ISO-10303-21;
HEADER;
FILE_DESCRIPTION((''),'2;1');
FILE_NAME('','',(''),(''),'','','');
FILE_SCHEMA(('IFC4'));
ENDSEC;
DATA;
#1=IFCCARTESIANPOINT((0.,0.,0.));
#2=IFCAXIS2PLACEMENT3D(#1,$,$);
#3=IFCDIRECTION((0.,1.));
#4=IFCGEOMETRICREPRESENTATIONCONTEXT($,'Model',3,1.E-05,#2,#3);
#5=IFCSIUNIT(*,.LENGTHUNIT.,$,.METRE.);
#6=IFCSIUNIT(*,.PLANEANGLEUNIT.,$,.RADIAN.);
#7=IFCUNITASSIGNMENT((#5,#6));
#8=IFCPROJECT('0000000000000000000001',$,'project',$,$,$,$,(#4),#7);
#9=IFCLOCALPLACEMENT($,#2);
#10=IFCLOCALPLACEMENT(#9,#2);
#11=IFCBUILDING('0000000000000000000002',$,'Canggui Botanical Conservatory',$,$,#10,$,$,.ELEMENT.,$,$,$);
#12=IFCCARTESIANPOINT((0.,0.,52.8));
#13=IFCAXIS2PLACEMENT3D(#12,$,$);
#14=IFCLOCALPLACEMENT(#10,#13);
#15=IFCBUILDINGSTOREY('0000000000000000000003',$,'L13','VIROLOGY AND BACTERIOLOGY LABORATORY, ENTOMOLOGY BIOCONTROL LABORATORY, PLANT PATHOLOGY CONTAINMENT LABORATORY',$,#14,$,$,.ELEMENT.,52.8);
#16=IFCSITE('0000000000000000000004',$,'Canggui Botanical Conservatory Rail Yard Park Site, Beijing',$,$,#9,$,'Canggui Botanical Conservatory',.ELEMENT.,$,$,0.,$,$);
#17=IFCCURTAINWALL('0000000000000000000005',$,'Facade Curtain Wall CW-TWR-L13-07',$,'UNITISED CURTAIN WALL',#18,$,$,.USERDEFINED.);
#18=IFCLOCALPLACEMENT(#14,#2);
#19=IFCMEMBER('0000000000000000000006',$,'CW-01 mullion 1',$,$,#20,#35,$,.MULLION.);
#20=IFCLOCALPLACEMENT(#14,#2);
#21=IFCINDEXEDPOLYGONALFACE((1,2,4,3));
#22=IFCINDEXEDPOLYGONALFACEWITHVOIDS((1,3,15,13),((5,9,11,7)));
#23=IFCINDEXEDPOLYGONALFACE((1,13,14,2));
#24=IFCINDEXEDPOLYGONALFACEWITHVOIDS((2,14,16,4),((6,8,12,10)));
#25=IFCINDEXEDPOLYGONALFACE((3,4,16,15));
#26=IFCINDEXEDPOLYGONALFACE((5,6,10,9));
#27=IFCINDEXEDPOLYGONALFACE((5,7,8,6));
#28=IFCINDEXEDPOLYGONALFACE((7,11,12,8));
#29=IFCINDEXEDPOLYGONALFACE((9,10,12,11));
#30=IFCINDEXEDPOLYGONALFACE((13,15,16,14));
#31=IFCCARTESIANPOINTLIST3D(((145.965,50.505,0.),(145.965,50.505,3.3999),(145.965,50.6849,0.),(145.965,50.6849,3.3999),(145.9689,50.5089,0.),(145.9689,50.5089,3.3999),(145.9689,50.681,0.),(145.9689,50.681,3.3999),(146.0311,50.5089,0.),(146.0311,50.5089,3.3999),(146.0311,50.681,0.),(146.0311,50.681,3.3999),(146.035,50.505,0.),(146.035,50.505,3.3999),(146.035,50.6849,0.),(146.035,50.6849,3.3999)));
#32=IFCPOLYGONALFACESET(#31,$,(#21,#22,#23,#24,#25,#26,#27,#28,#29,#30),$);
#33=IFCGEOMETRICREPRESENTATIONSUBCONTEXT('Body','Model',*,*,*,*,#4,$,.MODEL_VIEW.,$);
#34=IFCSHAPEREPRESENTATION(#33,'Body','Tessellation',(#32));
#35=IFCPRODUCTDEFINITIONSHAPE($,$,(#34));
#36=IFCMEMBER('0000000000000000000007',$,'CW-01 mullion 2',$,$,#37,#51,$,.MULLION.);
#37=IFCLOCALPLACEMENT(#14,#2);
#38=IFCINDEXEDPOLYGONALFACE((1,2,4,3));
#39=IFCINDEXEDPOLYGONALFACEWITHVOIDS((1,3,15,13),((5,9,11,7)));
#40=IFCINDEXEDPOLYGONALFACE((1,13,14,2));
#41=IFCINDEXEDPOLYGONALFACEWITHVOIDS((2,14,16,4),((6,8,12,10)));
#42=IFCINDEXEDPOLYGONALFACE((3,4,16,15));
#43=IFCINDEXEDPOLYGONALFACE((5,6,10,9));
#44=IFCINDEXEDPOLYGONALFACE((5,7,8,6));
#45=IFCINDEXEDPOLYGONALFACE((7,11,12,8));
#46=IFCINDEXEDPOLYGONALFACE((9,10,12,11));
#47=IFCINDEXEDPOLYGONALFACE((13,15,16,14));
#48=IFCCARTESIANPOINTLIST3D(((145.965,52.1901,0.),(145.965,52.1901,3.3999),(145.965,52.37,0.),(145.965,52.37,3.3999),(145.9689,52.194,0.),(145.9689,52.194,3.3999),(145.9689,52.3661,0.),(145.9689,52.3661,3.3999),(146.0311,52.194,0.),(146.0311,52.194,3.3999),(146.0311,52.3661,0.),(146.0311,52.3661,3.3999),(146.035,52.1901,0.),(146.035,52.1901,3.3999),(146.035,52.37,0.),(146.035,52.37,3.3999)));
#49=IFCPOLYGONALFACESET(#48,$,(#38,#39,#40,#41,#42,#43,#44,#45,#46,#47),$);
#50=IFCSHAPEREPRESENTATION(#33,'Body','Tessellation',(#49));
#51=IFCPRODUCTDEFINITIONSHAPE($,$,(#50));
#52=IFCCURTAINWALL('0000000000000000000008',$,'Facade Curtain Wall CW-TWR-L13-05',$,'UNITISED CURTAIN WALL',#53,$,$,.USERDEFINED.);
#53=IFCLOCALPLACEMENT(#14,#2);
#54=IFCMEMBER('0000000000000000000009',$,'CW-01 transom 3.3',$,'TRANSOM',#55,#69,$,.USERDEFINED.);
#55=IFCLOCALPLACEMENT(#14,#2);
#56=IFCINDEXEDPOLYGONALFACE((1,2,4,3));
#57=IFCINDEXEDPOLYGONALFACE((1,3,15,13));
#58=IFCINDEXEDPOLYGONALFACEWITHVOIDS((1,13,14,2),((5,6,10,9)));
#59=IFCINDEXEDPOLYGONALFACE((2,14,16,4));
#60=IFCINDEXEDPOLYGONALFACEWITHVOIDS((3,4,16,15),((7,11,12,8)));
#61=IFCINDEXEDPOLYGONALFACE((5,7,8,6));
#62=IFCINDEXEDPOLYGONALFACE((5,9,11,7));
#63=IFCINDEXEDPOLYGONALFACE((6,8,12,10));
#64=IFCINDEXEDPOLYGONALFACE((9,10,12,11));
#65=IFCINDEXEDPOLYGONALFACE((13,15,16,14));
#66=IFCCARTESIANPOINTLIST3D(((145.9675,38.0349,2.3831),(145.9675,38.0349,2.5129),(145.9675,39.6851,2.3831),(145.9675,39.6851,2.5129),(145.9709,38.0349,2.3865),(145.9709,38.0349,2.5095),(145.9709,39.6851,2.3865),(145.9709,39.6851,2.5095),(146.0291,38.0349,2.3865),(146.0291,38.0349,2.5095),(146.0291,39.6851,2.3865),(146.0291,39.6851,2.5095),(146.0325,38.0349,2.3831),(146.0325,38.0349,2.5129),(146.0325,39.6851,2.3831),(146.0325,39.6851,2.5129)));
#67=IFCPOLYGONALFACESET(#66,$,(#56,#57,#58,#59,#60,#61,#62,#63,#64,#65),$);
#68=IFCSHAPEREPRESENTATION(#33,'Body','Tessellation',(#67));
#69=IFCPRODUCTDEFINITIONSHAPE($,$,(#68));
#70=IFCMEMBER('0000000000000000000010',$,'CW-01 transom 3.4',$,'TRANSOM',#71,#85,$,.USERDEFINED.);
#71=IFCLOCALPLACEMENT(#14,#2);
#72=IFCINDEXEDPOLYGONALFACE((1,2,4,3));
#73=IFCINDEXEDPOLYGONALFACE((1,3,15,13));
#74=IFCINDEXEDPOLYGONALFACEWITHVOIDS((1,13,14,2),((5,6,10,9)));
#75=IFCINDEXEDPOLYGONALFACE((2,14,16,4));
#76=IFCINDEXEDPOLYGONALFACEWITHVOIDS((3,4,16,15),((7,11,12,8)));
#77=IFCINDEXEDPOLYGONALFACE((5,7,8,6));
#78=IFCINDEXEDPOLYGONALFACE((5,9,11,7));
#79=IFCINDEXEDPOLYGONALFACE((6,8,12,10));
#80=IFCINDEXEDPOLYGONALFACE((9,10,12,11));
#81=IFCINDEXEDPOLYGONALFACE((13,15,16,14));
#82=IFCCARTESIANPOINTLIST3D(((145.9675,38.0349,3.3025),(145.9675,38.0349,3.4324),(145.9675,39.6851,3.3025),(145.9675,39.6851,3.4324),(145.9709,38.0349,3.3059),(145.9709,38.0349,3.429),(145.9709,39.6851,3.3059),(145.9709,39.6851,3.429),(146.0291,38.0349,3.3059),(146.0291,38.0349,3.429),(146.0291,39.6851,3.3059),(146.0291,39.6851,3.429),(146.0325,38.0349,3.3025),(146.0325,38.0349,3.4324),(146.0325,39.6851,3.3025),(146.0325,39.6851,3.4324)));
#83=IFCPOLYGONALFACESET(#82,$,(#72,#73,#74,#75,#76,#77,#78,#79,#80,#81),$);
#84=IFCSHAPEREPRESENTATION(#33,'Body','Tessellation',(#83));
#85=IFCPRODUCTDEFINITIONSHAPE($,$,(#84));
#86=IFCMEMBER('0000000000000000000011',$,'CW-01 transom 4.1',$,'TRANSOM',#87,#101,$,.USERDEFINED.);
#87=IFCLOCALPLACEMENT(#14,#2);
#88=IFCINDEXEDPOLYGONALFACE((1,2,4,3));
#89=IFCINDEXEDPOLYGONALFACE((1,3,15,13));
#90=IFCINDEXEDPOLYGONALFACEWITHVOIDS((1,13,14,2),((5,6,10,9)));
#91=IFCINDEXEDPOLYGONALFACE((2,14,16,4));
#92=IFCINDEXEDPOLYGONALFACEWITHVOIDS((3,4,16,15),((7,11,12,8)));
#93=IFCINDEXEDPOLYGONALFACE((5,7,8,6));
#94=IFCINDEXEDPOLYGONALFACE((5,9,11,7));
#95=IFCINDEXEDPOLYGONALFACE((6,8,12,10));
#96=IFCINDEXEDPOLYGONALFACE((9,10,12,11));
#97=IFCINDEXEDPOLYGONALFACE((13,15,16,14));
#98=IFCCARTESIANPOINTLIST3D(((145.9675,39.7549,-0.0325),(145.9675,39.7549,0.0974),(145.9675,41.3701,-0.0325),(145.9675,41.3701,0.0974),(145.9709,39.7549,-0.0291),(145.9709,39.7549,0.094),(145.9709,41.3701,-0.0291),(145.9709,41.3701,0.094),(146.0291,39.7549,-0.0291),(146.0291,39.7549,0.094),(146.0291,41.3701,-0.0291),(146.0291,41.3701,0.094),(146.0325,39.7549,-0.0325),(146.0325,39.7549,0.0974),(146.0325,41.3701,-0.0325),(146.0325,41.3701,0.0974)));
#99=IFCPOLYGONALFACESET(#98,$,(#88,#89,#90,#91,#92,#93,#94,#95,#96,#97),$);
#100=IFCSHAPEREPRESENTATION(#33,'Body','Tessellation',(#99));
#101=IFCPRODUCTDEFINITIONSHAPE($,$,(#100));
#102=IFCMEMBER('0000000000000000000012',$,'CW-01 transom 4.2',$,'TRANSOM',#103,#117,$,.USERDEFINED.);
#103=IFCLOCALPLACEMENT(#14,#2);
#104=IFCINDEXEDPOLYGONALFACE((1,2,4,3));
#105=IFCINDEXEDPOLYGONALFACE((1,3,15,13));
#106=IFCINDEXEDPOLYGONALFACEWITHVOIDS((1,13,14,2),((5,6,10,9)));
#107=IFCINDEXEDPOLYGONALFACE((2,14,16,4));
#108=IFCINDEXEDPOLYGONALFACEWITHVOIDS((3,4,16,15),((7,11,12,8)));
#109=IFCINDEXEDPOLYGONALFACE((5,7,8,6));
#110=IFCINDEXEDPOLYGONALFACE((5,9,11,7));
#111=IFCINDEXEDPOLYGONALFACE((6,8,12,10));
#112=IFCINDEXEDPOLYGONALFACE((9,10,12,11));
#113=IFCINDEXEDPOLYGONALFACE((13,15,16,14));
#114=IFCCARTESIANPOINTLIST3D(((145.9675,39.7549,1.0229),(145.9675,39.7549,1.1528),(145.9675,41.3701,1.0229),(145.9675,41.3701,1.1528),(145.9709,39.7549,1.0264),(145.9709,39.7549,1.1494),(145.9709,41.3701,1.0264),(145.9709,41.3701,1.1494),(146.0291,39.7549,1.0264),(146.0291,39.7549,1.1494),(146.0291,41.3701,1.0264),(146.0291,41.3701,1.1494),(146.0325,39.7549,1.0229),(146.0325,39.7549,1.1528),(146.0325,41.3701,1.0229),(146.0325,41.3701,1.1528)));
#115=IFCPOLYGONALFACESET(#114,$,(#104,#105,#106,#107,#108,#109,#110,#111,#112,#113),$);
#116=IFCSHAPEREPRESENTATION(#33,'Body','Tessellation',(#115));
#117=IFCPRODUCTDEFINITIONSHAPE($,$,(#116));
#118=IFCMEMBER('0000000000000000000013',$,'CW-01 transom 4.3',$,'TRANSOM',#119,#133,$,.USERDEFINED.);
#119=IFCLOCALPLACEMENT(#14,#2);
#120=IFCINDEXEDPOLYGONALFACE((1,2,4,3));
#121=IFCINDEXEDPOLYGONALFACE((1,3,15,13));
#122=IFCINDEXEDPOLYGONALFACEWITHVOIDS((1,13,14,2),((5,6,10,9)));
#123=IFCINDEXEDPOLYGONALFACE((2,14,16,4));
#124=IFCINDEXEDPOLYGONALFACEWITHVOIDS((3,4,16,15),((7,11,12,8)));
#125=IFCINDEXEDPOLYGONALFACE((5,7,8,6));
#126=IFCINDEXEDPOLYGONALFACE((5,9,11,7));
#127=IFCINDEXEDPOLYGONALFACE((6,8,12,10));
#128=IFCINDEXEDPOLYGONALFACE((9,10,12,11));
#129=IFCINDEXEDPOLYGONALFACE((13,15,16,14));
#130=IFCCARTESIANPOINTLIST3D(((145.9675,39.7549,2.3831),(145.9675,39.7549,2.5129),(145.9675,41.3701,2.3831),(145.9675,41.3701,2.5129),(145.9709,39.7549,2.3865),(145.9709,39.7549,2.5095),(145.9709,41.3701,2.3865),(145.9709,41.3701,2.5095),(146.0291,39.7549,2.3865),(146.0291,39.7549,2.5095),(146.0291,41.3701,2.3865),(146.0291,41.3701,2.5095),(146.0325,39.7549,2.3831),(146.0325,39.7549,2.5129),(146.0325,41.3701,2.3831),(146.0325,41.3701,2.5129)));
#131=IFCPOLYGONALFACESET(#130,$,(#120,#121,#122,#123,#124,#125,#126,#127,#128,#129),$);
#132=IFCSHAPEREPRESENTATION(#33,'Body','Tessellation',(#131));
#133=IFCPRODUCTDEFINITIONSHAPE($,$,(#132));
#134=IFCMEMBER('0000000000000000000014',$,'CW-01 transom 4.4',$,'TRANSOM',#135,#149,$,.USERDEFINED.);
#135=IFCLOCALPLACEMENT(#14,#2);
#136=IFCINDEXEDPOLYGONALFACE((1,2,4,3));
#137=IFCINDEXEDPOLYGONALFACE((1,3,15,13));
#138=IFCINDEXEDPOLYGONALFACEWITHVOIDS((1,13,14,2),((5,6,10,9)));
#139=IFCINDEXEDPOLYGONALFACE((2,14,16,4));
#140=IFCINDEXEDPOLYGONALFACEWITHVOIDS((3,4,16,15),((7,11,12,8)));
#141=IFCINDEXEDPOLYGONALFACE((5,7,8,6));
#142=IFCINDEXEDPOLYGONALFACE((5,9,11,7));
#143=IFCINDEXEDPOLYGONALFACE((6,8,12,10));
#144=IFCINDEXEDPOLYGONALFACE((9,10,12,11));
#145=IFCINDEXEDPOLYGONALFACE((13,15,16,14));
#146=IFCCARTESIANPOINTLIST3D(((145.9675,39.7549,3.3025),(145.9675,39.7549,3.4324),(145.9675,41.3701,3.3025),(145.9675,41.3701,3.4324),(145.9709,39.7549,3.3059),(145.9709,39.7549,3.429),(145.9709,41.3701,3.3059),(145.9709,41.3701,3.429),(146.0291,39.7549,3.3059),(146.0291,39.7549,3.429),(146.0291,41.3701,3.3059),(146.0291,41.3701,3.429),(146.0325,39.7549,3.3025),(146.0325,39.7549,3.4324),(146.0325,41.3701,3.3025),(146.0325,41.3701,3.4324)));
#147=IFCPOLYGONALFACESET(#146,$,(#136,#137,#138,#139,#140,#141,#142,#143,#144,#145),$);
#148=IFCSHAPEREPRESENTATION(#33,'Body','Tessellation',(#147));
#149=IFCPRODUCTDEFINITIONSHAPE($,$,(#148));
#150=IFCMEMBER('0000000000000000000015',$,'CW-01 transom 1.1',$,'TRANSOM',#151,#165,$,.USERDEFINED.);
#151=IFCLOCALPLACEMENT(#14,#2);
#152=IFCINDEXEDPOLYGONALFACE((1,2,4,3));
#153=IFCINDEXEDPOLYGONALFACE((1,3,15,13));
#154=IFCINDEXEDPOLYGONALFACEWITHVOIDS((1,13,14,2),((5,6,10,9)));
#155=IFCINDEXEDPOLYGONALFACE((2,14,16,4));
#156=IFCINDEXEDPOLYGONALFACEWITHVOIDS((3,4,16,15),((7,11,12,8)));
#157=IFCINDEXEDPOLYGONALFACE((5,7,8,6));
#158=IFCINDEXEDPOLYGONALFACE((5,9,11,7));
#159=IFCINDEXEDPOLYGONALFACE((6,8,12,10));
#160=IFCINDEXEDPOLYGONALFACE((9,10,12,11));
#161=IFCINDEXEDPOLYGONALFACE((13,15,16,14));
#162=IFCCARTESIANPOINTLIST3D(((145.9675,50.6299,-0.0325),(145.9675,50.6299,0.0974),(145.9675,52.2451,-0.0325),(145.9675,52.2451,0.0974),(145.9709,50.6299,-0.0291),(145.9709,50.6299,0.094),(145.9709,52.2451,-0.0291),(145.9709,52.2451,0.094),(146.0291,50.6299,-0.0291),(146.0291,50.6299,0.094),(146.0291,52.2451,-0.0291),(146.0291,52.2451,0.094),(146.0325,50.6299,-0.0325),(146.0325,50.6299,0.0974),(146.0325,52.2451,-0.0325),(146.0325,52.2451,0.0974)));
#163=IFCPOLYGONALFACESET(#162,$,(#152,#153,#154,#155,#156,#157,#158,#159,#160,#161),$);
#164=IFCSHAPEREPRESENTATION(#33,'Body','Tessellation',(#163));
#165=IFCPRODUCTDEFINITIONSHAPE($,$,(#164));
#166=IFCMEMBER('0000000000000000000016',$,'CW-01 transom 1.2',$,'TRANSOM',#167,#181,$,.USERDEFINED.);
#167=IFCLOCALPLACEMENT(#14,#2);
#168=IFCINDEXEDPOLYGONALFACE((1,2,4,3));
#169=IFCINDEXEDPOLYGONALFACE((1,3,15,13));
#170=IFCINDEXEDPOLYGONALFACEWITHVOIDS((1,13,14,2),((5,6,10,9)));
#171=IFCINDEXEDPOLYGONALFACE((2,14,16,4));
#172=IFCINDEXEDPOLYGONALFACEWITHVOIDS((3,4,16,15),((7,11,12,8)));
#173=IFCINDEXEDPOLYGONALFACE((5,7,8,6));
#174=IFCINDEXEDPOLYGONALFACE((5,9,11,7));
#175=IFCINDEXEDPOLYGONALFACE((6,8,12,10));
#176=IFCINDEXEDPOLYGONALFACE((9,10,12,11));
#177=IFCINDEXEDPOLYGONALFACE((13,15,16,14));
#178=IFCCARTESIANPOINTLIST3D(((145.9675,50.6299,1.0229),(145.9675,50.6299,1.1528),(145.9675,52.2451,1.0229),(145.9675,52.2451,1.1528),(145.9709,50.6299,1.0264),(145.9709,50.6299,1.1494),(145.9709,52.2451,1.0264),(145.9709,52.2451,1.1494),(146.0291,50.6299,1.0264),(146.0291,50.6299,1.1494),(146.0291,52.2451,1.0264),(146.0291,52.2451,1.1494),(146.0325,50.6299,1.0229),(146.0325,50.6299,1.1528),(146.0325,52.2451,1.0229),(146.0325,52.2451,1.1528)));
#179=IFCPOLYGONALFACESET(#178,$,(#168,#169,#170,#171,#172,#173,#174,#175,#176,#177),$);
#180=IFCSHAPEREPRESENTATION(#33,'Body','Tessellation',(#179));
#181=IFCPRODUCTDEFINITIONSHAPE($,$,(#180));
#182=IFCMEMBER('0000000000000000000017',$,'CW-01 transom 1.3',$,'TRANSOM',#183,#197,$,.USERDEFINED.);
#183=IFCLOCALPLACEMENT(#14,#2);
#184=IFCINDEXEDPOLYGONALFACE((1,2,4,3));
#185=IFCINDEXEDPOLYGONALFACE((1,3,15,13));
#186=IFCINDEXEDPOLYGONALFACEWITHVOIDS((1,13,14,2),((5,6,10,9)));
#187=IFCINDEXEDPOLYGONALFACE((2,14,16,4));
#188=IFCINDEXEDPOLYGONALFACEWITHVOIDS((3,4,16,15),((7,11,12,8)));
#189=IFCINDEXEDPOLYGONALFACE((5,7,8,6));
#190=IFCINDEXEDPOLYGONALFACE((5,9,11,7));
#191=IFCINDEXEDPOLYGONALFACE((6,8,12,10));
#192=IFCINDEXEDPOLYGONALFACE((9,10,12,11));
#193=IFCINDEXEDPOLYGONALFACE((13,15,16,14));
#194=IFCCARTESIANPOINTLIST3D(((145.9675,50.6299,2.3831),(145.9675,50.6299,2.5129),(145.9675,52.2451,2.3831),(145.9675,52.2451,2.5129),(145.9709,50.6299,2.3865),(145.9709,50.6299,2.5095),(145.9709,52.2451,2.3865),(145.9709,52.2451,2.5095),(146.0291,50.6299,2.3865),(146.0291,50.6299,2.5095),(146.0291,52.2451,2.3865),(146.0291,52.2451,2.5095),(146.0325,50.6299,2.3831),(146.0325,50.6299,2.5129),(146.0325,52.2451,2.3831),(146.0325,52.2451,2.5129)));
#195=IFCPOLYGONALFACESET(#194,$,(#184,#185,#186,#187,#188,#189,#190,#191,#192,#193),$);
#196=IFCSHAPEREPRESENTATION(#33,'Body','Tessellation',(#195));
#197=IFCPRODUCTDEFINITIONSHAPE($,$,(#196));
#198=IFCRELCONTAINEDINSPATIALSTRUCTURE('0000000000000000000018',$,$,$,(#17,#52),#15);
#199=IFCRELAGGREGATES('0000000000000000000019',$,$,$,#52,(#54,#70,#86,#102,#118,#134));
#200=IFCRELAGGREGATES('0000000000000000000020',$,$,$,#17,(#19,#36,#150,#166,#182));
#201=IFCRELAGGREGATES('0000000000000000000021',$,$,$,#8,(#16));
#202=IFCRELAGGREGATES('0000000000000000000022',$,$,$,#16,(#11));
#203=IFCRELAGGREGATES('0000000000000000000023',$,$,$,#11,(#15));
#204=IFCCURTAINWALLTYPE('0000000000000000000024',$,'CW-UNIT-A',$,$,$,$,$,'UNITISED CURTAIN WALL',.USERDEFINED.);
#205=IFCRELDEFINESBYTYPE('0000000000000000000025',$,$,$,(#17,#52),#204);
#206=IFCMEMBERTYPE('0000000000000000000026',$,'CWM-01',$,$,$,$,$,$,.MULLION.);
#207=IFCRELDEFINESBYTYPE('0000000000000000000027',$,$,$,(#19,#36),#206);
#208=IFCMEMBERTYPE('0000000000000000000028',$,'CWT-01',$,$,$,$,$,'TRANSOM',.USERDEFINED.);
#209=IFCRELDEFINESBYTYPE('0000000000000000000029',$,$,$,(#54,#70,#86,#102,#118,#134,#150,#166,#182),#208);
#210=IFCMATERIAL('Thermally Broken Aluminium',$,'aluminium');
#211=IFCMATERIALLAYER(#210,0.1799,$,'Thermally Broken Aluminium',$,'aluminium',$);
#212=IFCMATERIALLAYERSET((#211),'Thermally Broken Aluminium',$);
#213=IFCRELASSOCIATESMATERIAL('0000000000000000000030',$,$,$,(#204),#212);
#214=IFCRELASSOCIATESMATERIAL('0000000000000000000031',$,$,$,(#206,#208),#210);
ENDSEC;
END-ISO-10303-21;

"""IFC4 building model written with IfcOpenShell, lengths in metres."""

from ifc_helpers import new_model, si_unit, direction, frame, origin, origin_2d, place, context, subcontext, project, spatial, hollow_rectangle, extrude, material, layer, layer_set, material_profile, profile_set, type_object, element, aggregate, save


model = new_model("IFC4")

# Units and contexts
model_context = context("Model", 3, precision=1e-05, world=origin(), true_north=direction((0.0, 1.0)))
body_context = subcontext(model_context, "Body", "Model", "MODEL_VIEW")
ifc_project = project(units=[si_unit("LENGTHUNIT", "METRE"), si_unit("PLANEANGLEUNIT", "RADIAN")], contexts=[model_context])

# Site, building, storey
site_placement = place(None, origin())
site = spatial("IfcSite", under=ifc_project, at=site_placement, Name="Canggui Botanical Conservatory Rail Yard Park Site, Beijing", LongName="Canggui Botanical Conservatory", CompositionType="ELEMENT", RefElevation=0.0)
building_placement = place(site_placement, origin())
building = spatial("IfcBuilding", under=site, at=building_placement, Name="Canggui Botanical Conservatory", CompositionType="ELEMENT")
storey_placement = place(building_placement, frame((0.0, 0.0, 52.8)))
storey = spatial("IfcBuildingStorey", under=building, at=storey_placement, Name="L13", Description="VIROLOGY AND BACTERIOLOGY LABORATORY, ENTOMOLOGY BIOCONTROL LABORATORY, PLANT PATHOLOGY CONTAINMENT LABORATORY", CompositionType="ELEMENT", Elevation=52.8)

# Curtain walls, members
ifc_material_1 = material(Name="Thermally Broken Aluminium", Category="aluminium")
ifc_layer_1 = layer(ifc_material_1, 0.1799, Name="Thermally Broken Aluminium", Category="aluminium")
ifc_layer_set_1 = layer_set([ifc_layer_1], Name="Thermally Broken Aluminium")
curtain_wall_type = type_object("IfcCurtainWallType", Name="CW-UNIT-A", ElementType="UNITISED CURTAIN WALL", PredefinedType="USERDEFINED", material=ifc_layer_set_1)
curtain_wall_1_placement = place(storey_placement, origin())
curtain_wall_1 = element("IfcCurtainWall", 1, at=curtain_wall_1_placement, inside=storey, type_object=curtain_wall_type, Name="Facade Curtain Wall CW-TWR-L13-07", ObjectType="UNITISED CURTAIN WALL", PredefinedType="USERDEFINED")
ifc_material_profile_1 = material_profile(ifc_material_1, hollow_rectangle(XDim=0.0701, YDim=0.1799, WallThickness=0.0039, at=origin_2d()), Name="CWM 70x180x4")
ifc_profile_set_1 = profile_set([ifc_material_profile_1], Name="Thermally Broken Aluminium")
member_type_1 = type_object("IfcMemberType", Name="CWM-01", PredefinedType="MULLION", material=ifc_profile_set_1)
member_1_placement = place(storey_placement, frame((146.0, 50.595, 0.0), z_axis=(0.0, 0.0, 1.0), x_axis=(-1.0, 0.0, 0.0)))
member_1 = element("IfcMember", 2, at=member_1_placement, type_object=member_type_1, Name="CW-01 mullion 1", PredefinedType="MULLION", context=body_context, shape_type="SweptSolid", body=[
    extrude(hollow_rectangle(XDim=0.0701, YDim=0.1799, WallThickness=0.0039, at=origin_2d()), origin(), (0.0, 0.0, 1.0), 3.3999),
])
member_2_placement = place(storey_placement, frame((146.0, 52.28, 0.0), z_axis=(0.0, 0.0, 1.0), x_axis=(-1.0, 0.0, 0.0)))
member_2 = element("IfcMember", 3, at=member_2_placement, type_object=member_type_1, Name="CW-01 mullion 2", PredefinedType="MULLION", context=body_context, shape_type="SweptSolid", body=[
    extrude(hollow_rectangle(XDim=0.0701, YDim=0.1799, WallThickness=0.0039, at=origin_2d()), origin(), (0.0, 0.0, 1.0), 3.3999),
])
curtain_wall_2_placement = place(storey_placement, origin())
curtain_wall_2 = element("IfcCurtainWall", 4, at=curtain_wall_2_placement, inside=storey, type_object=curtain_wall_type, Name="Facade Curtain Wall CW-TWR-L13-05", ObjectType="UNITISED CURTAIN WALL", PredefinedType="USERDEFINED")
ifc_material_profile_2 = material_profile(ifc_material_1, hollow_rectangle(XDim=0.0649, YDim=0.1299, WallThickness=0.0034, at=origin_2d()), Name="CWT 65x130x3.5")
ifc_profile_set_2 = profile_set([ifc_material_profile_2], Name="Thermally Broken Aluminium")
member_type_2 = type_object("IfcMemberType", Name="CWT-01", ElementType="TRANSOM", PredefinedType="USERDEFINED", material=ifc_profile_set_2)
member_3_placement = place(storey_placement, frame((146.0, 38.0349, 2.448), z_axis=(0.0, 1.0, 0.0), x_axis=(-1.0, 0.0, 0.0)))
member_3 = element("IfcMember", 5, at=member_3_placement, type_object=member_type_2, Name="CW-01 transom 3.3", ObjectType="TRANSOM", PredefinedType="USERDEFINED", context=body_context, shape_type="SweptSolid", body=[
    extrude(hollow_rectangle(XDim=0.0649, YDim=0.1299, WallThickness=0.0034, at=origin_2d()), origin(), (0.0, 0.0, 1.0), 1.6501),
])
member_4_placement = place(storey_placement, frame((146.0, 38.0349, 3.3674), z_axis=(0.0, 1.0, 0.0), x_axis=(-1.0, 0.0, 0.0)))
member_4 = element("IfcMember", 6, at=member_4_placement, type_object=member_type_2, Name="CW-01 transom 3.4", ObjectType="TRANSOM", PredefinedType="USERDEFINED", context=body_context, shape_type="SweptSolid", body=[
    extrude(hollow_rectangle(XDim=0.0649, YDim=0.1299, WallThickness=0.0034, at=origin_2d()), origin(), (0.0, 0.0, 1.0), 1.6501),
])
member_5_placement = place(storey_placement, frame((146.0, 39.7549, 0.0325), z_axis=(0.0, 1.0, 0.0), x_axis=(-1.0, 0.0, 0.0)))
member_5 = element("IfcMember", 7, at=member_5_placement, type_object=member_type_2, Name="CW-01 transom 4.1", ObjectType="TRANSOM", PredefinedType="USERDEFINED", context=body_context, shape_type="SweptSolid", body=[
    extrude(hollow_rectangle(XDim=0.0649, YDim=0.1299, WallThickness=0.0034, at=origin_2d()), origin(), (0.0, 0.0, 1.0), 1.6152),
])
member_6_placement = place(storey_placement, frame((146.0, 39.7549, 1.0879), z_axis=(0.0, 1.0, 0.0), x_axis=(-1.0, 0.0, 0.0)))
member_6 = element("IfcMember", 8, at=member_6_placement, type_object=member_type_2, Name="CW-01 transom 4.2", ObjectType="TRANSOM", PredefinedType="USERDEFINED", context=body_context, shape_type="SweptSolid", body=[
    extrude(hollow_rectangle(XDim=0.0649, YDim=0.1299, WallThickness=0.0034, at=origin_2d()), origin(), (0.0, 0.0, 1.0), 1.6152),
])
member_7_placement = place(storey_placement, frame((146.0, 39.7549, 2.448), z_axis=(0.0, 1.0, 0.0), x_axis=(-1.0, 0.0, 0.0)))
member_7 = element("IfcMember", 9, at=member_7_placement, type_object=member_type_2, Name="CW-01 transom 4.3", ObjectType="TRANSOM", PredefinedType="USERDEFINED", context=body_context, shape_type="SweptSolid", body=[
    extrude(hollow_rectangle(XDim=0.0649, YDim=0.1299, WallThickness=0.0034, at=origin_2d()), origin(), (0.0, 0.0, 1.0), 1.6152),
])
member_8_placement = place(storey_placement, frame((146.0, 39.7549, 3.3674), z_axis=(0.0, 1.0, 0.0), x_axis=(-1.0, 0.0, 0.0)))
member_8 = element("IfcMember", 10, at=member_8_placement, type_object=member_type_2, Name="CW-01 transom 4.4", ObjectType="TRANSOM", PredefinedType="USERDEFINED", context=body_context, shape_type="SweptSolid", body=[
    extrude(hollow_rectangle(XDim=0.0649, YDim=0.1299, WallThickness=0.0034, at=origin_2d()), origin(), (0.0, 0.0, 1.0), 1.6152),
])

# Members
member_9_placement = place(storey_placement, frame((146.0, 50.6299, 0.0325), z_axis=(0.0, 1.0, 0.0), x_axis=(-1.0, 0.0, 0.0)))
member_9 = element("IfcMember", 11, at=member_9_placement, type_object=member_type_2, Name="CW-01 transom 1.1", ObjectType="TRANSOM", PredefinedType="USERDEFINED", context=body_context, shape_type="SweptSolid", body=[
    extrude(hollow_rectangle(XDim=0.0649, YDim=0.1299, WallThickness=0.0034, at=origin_2d()), origin(), (0.0, 0.0, 1.0), 1.6152),
])
member_10_placement = place(storey_placement, frame((146.0, 50.6299, 1.0879), z_axis=(0.0, 1.0, 0.0), x_axis=(-1.0, 0.0, 0.0)))
member_10 = element("IfcMember", 12, at=member_10_placement, type_object=member_type_2, Name="CW-01 transom 1.2", ObjectType="TRANSOM", PredefinedType="USERDEFINED", context=body_context, shape_type="SweptSolid", body=[
    extrude(hollow_rectangle(XDim=0.0649, YDim=0.1299, WallThickness=0.0034, at=origin_2d()), origin(), (0.0, 0.0, 1.0), 1.6152),
])
member_11_placement = place(storey_placement, frame((146.0, 50.6299, 2.448), z_axis=(0.0, 1.0, 0.0), x_axis=(-1.0, 0.0, 0.0)))
member_11 = element("IfcMember", 13, at=member_11_placement, type_object=member_type_2, Name="CW-01 transom 1.3", ObjectType="TRANSOM", PredefinedType="USERDEFINED", context=body_context, shape_type="SweptSolid", body=[
    extrude(hollow_rectangle(XDim=0.0649, YDim=0.1299, WallThickness=0.0034, at=origin_2d()), origin(), (0.0, 0.0, 1.0), 1.6152),
])

aggregate(curtain_wall_2, [member_3, member_4, member_5, member_6, member_7, member_8])
aggregate(curtain_wall_1, [member_1, member_2, member_9, member_10, member_11])

save(model, "model.ifc")
